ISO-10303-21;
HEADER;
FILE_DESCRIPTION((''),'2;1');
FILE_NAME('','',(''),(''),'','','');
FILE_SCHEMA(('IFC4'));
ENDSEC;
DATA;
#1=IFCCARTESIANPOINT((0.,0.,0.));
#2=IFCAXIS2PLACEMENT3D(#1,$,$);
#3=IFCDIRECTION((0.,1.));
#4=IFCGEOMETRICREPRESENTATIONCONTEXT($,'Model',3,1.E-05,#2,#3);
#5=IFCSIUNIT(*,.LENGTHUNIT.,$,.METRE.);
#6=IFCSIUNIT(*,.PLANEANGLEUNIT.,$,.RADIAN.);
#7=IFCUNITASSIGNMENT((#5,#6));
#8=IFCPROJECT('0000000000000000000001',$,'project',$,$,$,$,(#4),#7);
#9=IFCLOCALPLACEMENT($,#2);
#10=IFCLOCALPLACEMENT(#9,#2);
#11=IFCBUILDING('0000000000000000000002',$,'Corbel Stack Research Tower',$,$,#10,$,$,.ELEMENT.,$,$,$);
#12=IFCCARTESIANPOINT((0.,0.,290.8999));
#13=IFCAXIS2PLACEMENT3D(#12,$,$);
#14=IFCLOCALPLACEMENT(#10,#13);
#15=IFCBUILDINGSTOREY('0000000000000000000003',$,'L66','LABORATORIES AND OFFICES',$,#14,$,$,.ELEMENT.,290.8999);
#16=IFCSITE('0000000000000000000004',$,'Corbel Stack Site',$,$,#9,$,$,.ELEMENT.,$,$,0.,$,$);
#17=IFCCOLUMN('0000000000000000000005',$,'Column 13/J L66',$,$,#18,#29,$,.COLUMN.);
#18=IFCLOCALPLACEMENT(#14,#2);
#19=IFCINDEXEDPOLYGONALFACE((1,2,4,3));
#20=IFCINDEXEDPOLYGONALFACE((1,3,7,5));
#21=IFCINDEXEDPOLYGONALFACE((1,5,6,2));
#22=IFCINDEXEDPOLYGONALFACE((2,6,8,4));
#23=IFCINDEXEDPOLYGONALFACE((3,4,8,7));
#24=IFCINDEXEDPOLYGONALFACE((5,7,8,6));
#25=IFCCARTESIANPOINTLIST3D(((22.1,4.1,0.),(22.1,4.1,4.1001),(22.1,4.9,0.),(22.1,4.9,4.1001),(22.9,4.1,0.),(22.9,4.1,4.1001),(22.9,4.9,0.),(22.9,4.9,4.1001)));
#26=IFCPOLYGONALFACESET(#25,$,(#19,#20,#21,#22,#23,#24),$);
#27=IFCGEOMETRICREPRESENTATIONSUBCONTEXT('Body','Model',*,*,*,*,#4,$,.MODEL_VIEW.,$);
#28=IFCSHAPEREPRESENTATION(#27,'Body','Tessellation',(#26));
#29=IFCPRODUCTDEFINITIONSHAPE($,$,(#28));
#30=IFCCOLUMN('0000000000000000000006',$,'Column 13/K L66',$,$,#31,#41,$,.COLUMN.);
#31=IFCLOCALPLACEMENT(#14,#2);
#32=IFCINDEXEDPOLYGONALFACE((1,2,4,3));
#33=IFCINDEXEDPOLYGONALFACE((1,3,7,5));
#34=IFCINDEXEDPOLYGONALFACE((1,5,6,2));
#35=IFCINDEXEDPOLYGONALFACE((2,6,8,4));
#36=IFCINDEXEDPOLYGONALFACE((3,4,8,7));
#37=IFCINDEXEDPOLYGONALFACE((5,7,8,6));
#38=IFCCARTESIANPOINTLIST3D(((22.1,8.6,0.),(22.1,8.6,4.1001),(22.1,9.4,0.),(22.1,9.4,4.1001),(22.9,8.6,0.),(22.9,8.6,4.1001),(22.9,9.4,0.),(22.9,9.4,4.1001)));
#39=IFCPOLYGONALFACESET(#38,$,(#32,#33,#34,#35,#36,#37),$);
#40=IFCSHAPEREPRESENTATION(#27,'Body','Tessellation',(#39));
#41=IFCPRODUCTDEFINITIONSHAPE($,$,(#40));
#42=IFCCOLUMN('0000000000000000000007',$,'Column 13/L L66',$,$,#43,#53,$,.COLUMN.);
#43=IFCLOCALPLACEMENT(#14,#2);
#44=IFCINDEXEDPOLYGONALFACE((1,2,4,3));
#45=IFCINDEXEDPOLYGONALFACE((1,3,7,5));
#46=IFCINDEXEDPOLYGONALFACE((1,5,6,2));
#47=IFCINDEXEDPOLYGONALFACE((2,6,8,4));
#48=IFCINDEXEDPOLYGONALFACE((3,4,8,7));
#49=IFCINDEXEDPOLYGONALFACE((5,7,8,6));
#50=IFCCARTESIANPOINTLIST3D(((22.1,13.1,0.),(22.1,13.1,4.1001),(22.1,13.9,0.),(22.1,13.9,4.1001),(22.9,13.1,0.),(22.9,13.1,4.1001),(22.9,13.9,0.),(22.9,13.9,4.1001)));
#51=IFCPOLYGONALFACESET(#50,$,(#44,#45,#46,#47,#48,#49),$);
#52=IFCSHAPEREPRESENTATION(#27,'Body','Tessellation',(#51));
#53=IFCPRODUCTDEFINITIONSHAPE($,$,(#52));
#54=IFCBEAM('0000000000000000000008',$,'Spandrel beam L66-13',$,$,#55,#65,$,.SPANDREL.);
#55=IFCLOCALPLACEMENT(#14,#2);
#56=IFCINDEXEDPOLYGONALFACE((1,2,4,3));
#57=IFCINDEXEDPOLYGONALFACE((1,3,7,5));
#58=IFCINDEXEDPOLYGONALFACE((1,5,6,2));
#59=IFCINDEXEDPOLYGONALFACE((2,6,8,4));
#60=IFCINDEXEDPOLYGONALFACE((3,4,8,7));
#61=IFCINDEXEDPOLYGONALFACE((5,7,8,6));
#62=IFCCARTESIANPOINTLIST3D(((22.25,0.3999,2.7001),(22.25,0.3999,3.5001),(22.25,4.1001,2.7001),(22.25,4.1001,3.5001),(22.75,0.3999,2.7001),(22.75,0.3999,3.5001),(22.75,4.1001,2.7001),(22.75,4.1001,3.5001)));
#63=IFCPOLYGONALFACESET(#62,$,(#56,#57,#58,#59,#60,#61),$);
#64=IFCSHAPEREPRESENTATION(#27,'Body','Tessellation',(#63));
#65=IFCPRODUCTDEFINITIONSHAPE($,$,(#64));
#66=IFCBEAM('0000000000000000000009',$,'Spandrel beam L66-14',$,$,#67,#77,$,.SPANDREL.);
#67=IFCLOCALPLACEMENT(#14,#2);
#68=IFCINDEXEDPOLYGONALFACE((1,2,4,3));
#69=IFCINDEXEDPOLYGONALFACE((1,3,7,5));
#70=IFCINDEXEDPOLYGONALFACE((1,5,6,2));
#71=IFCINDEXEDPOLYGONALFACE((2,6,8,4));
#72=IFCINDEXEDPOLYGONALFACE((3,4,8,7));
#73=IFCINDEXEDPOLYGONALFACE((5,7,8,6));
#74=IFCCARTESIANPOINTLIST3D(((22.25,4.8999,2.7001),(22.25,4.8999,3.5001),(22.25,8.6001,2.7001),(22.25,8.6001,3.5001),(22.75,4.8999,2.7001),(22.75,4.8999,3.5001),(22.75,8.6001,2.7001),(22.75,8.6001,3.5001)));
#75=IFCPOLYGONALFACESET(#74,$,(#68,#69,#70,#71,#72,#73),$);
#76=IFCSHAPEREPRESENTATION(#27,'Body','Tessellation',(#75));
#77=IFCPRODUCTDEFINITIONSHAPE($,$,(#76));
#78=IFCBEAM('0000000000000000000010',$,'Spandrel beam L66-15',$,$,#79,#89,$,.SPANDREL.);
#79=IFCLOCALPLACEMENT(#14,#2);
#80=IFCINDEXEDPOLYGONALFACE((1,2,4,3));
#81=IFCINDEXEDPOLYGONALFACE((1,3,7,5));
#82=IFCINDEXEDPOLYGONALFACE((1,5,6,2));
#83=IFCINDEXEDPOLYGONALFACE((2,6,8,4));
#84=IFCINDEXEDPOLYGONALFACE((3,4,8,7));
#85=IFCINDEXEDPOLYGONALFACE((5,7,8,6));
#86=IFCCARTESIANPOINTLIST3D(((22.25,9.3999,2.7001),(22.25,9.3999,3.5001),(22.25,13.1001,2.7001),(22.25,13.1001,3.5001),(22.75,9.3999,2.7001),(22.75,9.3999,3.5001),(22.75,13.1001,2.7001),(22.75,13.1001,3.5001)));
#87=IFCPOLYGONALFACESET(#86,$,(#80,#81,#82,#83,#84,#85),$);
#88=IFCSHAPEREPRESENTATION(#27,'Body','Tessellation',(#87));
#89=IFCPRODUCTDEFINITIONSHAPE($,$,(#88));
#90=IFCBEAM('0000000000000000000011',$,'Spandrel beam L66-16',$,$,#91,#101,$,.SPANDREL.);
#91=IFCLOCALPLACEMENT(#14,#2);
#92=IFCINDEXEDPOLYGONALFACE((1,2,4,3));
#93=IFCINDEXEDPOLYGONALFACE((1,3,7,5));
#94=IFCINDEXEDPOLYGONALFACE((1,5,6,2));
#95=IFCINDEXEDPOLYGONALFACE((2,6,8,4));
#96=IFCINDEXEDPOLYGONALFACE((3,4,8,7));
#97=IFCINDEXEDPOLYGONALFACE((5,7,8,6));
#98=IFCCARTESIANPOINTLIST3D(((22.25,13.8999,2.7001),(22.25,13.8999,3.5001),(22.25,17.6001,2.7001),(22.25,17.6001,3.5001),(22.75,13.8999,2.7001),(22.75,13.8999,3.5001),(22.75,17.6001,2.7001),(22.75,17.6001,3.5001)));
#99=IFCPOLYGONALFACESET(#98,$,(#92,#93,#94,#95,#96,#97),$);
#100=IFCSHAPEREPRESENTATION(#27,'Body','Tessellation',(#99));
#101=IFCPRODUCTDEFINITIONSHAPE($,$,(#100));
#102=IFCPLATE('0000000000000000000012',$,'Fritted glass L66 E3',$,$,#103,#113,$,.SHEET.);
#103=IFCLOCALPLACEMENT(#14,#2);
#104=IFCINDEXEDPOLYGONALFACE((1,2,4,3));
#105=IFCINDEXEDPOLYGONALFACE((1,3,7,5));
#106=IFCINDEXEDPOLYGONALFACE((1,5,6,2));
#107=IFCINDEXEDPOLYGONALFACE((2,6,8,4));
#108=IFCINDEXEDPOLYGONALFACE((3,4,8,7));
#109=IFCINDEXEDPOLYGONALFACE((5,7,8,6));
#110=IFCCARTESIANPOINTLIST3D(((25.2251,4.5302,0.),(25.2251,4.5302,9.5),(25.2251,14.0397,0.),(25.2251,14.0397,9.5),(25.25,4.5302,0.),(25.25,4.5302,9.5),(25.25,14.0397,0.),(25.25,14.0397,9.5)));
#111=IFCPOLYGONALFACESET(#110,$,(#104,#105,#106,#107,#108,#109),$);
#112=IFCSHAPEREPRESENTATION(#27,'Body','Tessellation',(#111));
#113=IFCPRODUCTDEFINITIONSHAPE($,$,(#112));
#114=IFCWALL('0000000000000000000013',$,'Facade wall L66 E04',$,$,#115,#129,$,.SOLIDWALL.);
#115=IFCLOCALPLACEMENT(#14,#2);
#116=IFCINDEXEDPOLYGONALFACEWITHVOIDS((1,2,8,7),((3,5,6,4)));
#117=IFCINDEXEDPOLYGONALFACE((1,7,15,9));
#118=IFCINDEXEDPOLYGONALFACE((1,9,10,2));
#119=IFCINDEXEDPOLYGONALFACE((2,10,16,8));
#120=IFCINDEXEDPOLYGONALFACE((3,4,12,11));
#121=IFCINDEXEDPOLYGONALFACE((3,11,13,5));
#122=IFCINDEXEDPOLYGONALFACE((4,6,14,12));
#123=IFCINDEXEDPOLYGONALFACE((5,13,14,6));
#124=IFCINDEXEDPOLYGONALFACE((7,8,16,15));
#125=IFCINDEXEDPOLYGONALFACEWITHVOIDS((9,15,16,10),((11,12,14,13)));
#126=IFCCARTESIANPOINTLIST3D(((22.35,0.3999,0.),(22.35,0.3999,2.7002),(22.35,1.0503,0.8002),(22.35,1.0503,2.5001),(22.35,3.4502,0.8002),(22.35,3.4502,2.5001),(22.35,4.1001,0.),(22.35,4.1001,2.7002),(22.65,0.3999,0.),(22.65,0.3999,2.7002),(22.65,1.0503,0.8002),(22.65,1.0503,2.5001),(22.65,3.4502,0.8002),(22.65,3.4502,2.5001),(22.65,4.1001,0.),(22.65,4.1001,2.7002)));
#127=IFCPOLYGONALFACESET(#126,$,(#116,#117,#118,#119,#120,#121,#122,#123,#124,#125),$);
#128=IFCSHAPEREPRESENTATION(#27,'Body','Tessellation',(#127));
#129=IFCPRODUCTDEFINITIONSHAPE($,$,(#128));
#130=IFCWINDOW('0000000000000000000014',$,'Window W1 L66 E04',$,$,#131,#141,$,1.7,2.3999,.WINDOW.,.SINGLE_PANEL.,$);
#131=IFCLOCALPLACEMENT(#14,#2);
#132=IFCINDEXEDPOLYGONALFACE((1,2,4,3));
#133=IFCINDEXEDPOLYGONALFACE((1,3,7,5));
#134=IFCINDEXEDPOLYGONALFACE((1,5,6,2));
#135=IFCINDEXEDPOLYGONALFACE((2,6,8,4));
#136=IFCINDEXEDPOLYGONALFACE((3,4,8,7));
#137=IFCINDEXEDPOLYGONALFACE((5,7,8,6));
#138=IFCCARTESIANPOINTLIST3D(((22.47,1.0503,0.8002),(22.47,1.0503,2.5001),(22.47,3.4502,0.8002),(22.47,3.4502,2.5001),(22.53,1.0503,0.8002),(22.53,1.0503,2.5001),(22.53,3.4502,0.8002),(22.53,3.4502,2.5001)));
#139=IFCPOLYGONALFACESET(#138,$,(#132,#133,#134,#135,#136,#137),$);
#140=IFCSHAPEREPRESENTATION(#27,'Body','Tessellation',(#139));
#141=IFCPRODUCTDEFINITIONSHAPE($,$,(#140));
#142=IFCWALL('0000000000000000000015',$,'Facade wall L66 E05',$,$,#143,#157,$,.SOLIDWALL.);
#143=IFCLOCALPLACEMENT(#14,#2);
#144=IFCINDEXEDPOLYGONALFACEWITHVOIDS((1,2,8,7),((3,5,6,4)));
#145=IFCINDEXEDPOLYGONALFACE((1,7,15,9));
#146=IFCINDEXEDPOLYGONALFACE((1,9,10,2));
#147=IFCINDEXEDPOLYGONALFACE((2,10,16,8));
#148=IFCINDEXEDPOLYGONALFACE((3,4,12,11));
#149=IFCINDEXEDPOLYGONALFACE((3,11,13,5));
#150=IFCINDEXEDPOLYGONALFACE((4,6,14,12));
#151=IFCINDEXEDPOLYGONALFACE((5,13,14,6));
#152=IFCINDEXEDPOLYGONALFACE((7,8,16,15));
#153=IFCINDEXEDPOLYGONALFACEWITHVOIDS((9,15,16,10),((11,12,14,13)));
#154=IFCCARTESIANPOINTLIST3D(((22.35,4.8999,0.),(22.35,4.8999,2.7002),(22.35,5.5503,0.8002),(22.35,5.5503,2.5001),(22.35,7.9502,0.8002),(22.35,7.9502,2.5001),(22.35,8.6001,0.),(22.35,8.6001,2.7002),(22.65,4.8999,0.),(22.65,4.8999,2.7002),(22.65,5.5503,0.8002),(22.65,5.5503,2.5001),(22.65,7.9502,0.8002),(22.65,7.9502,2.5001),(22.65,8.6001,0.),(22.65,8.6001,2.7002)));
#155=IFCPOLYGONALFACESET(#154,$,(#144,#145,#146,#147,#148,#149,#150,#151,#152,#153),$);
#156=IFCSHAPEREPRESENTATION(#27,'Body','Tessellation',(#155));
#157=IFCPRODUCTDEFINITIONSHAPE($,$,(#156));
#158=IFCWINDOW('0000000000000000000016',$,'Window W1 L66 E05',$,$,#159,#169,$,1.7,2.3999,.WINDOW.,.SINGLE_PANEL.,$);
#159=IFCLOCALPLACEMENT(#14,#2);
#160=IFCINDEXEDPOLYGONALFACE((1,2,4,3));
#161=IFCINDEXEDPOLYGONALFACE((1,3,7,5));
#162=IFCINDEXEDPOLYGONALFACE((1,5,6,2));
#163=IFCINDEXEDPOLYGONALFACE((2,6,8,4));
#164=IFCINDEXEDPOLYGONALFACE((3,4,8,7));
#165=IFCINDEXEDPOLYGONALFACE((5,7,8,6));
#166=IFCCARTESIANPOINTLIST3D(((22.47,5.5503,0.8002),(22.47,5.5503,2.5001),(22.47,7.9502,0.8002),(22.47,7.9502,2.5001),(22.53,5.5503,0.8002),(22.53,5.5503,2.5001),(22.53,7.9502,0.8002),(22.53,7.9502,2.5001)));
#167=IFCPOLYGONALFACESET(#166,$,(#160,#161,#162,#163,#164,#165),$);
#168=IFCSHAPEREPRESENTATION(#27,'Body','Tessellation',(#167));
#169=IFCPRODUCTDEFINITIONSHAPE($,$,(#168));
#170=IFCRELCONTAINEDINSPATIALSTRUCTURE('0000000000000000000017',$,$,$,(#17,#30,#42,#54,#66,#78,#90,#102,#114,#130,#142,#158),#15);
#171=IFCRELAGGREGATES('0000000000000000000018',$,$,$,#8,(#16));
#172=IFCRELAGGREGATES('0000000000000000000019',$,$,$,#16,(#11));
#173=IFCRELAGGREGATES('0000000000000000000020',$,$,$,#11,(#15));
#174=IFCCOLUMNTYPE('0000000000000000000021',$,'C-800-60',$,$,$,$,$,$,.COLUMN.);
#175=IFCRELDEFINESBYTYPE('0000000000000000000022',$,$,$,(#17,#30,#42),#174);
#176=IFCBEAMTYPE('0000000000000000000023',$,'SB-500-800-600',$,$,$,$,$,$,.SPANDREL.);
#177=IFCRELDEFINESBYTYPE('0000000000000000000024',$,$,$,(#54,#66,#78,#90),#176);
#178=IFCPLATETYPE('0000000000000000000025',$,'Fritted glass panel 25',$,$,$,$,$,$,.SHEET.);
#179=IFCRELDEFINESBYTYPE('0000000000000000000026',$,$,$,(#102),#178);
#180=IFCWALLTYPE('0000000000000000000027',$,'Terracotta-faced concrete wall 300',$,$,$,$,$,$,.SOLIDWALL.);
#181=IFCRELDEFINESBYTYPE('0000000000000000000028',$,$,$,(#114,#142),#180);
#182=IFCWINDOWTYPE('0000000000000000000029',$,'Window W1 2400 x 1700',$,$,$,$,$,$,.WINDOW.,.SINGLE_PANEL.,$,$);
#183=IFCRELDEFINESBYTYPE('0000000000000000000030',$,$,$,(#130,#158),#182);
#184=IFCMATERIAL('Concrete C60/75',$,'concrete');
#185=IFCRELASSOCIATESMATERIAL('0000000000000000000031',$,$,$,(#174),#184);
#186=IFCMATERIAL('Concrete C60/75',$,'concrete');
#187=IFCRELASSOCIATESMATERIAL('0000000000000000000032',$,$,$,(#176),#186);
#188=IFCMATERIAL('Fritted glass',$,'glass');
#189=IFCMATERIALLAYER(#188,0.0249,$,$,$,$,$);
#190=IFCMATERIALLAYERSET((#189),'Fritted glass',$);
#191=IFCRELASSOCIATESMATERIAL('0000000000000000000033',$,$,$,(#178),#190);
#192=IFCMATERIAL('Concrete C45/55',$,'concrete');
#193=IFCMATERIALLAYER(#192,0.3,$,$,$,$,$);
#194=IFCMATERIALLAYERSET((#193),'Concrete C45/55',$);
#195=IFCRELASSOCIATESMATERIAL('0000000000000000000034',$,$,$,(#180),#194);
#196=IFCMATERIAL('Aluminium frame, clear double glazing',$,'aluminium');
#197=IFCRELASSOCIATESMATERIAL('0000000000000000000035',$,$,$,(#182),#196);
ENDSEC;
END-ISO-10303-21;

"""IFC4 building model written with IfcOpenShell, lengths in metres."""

from ifc_helpers import new_model, si_unit, direction, frame, frame_2d, origin, origin_2d, place, context, subcontext, project, spatial, rectangle, extrude, material, layer, layer_set, material_profile, profile_set, type_object, element, fill, save


model = new_model("IFC4")

# Units and contexts
model_context = context("Model", 3, precision=1e-05, world=origin(), true_north=direction((0.0, 1.0)))
body_context = subcontext(model_context, "Body", "Model", "MODEL_VIEW")
ifc_project = project(units=[si_unit("LENGTHUNIT", "METRE"), si_unit("PLANEANGLEUNIT", "RADIAN")], contexts=[model_context])

# Site, building, storey
site_placement = place(None, origin())
site = spatial("IfcSite", under=ifc_project, at=site_placement, Name="Corbel Stack Site", CompositionType="ELEMENT", RefElevation=0.0)
building_placement = place(site_placement, origin())
building = spatial("IfcBuilding", under=site, at=building_placement, Name="Corbel Stack Research Tower", CompositionType="ELEMENT")
storey_placement = place(building_placement, frame((0.0, 0.0, 290.8999)))
storey = spatial("IfcBuildingStorey", under=building, at=storey_placement, Name="L66", Description="LABORATORIES AND OFFICES", CompositionType="ELEMENT", Elevation=290.8999)

# Columns
ifc_material_1 = material(Name="Concrete C60/75", Category="concrete")
ifc_material_profile_1 = material_profile(ifc_material_1, rectangle(XDim=0.8, YDim=0.8, at=origin_2d()), Name="RC 800 x 800")
ifc_profile_set_1 = profile_set([ifc_material_profile_1], Name="Concrete C60/75")
column_type = type_object("IfcColumnType", Name="C-800-60", PredefinedType="COLUMN", material=ifc_profile_set_1)
for number, where, z_axis, x_axis, name in (
    (1, (22.5, 4.5, 0.0), (0.0, 0.0, 1.0), (1.0, 0.0, 0.0), "Column 13/J L66"),
    (2, (22.5, 9.0, 0.0), (0.0, 0.0, 1.0), (1.0, 0.0, 0.0), "Column 13/K L66"),
    (3, (22.5, 13.5, 0.0), (0.0, 0.0, 1.0), (1.0, 0.0, 0.0), "Column 13/L L66"),
):
    element("IfcColumn", number, at=place(storey_placement, frame(where, z_axis=z_axis, x_axis=x_axis)), inside=storey, type_object=column_type, Name=name, PredefinedType="COLUMN", context=body_context, shape_type="SweptSolid", body=[
        extrude(rectangle(XDim=0.8, YDim=0.8, at=origin_2d()), origin(), (0.0, 0.0, 1.0), 4.1001),
    ])

# Beams
ifc_material_2 = material(Name="Concrete C60/75", Category="concrete")
ifc_material_profile_2 = material_profile(ifc_material_2, rectangle(XDim=0.5, YDim=0.8, at=origin_2d()), Name="RC 500 x 800")
ifc_profile_set_2 = profile_set([ifc_material_profile_2], Name="Concrete C60/75")
beam_type = type_object("IfcBeamType", Name="SB-500-800-600", PredefinedType="SPANDREL", material=ifc_profile_set_2)
for number, where, z_axis, x_axis, name in (
    (4, (22.5, 0.3999, 3.1001), (0.0, 1.0, 0.0), (-1.0, 0.0, 0.0), "Spandrel beam L66-13"),
    (5, (22.5, 4.8999, 3.1001), (0.0, 1.0, 0.0), (-1.0, 0.0, 0.0), "Spandrel beam L66-14"),
    (6, (22.5, 9.3999, 3.1001), (0.0, 1.0, 0.0), (-1.0, 0.0, 0.0), "Spandrel beam L66-15"),
    (7, (22.5, 13.8999, 3.1001), (0.0, 1.0, 0.0), (-1.0, 0.0, 0.0), "Spandrel beam L66-16"),
):
    element("IfcBeam", number, at=place(storey_placement, frame(where, z_axis=z_axis, x_axis=x_axis)), inside=storey, type_object=beam_type, Name=name, PredefinedType="SPANDREL", context=body_context, shape_type="SweptSolid", body=[
        extrude(rectangle(XDim=0.5, YDim=0.8, at=origin_2d()), origin(), (0.0, 0.0, 1.0), 3.7002),
    ])

# Plate
ifc_material_3 = material(Name="Fritted glass", Category="glass")
ifc_layer_1 = layer(ifc_material_3, 0.0249)
ifc_layer_set_1 = layer_set([ifc_layer_1], Name="Fritted glass")
plate_type = type_object("IfcPlateType", Name="Fritted glass panel 25", PredefinedType="SHEET", material=ifc_layer_set_1)
plate_placement = place(storey_placement, frame((25.2375, 9.2849, 0.0), z_axis=(0.0, 0.0, 1.0), x_axis=(0.0, 1.0, 0.0)))
element("IfcPlate", 8, at=plate_placement, inside=storey, type_object=plate_type, Name="Fritted glass L66 E3", PredefinedType="SHEET", context=body_context, shape_type="SweptSolid", body=[
    extrude(rectangle(XDim=9.5095, YDim=0.0249, at=origin_2d()), origin(), (0.0, 0.0, 1.0), 9.5),
])

# Walls, openings, windows
ifc_material_4 = material(Name="Concrete C45/55", Category="concrete")
ifc_layer_2 = layer(ifc_material_4, 0.3)
ifc_layer_set_2 = layer_set([ifc_layer_2], Name="Concrete C45/55")
wall_type = type_object("IfcWallType", Name="Terracotta-faced concrete wall 300", PredefinedType="SOLIDWALL", material=ifc_layer_set_2)
wall_1_placement = place(storey_placement, frame((22.5, 4.1001, 0.0), z_axis=(0.0, 0.0, 1.0), x_axis=(0.0, -1.0, 0.0)))
wall_1 = element("IfcWall", 9, at=wall_1_placement, inside=storey, type_object=wall_type, Name="Facade wall L66 E04", PredefinedType="SOLIDWALL", context=body_context, shape_type="SweptSolid", body=[
    extrude(rectangle(XDim=3.7002, YDim=0.3, at=frame_2d((1.8501, 0.0))), origin(), (0.0, 0.0, 1.0), 2.7002),
])
opening_1_placement = place(wall_1_placement, frame((0.6499, 0.0, 0.8)))
opening_1 = element("IfcOpeningElement", 10, at=opening_1_placement, cuts=wall_1, PredefinedType="OPENING", context=body_context, shape_type="SweptSolid", body=[
    extrude(rectangle(XDim=2.3999, YDim=1.7, at=frame_2d((1.2, 0.8501))), frame((0.0, 0.1599, 0.0), z_axis=(0.0, -1.0, 0.0), x_axis=(1.0, 0.0, 0.0)), (0.0, 0.0, 1.0), 0.3201),
])
ifc_material_5 = material(Name="Aluminium frame, clear double glazing", Category="aluminium")
window_type = type_object("IfcWindowType", Name="Window W1 2400 x 1700", PartitioningType="SINGLE_PANEL", PredefinedType="WINDOW", material=ifc_material_5)
window_1_placement = place(opening_1_placement, origin())
window_1 = element("IfcWindow", 11, at=window_1_placement, inside=storey, type_object=window_type, Name="Window W1 L66 E04", OverallHeight=1.7, OverallWidth=2.3999, PartitioningType="SINGLE_PANEL", PredefinedType="WINDOW", context=body_context, shape_type="SweptSolid", body=[
    extrude(rectangle(XDim=2.3999, YDim=1.7, at=frame_2d((1.2, 0.8501))), frame((0.0, 0.03, 0.0), z_axis=(0.0, -1.0, 0.0), x_axis=(1.0, 0.0, 0.0)), (0.0, 0.0, 1.0), 0.0601),
])
fill(opening_1, window_1)
wall_2_placement = place(storey_placement, frame((22.5, 8.6001, 0.0), z_axis=(0.0, 0.0, 1.0), x_axis=(0.0, -1.0, 0.0)))
wall_2 = element("IfcWall", 12, at=wall_2_placement, inside=storey, type_object=wall_type, Name="Facade wall L66 E05", PredefinedType="SOLIDWALL", context=body_context, shape_type="SweptSolid", body=[
    extrude(rectangle(XDim=3.7002, YDim=0.3, at=frame_2d((1.8501, 0.0))), origin(), (0.0, 0.0, 1.0), 2.7002),
])
opening_2_placement = place(wall_2_placement, frame((0.6499, 0.0, 0.8)))
opening_2 = element("IfcOpeningElement", 13, at=opening_2_placement, cuts=wall_2, PredefinedType="OPENING", context=body_context, shape_type="SweptSolid", body=[
    extrude(rectangle(XDim=2.3999, YDim=1.7, at=frame_2d((1.2, 0.8501))), frame((0.0, 0.1599, 0.0), z_axis=(0.0, -1.0, 0.0), x_axis=(1.0, 0.0, 0.0)), (0.0, 0.0, 1.0), 0.3201),
])
window_2_placement = place(opening_2_placement, origin())
window_2 = element("IfcWindow", 14, at=window_2_placement, inside=storey, type_object=window_type, Name="Window W1 L66 E05", OverallHeight=1.7, OverallWidth=2.3999, PartitioningType="SINGLE_PANEL", PredefinedType="WINDOW", context=body_context, shape_type="SweptSolid", body=[
    extrude(rectangle(XDim=2.3999, YDim=1.7, at=frame_2d((1.2, 0.8501))), frame((0.0, 0.03, 0.0), z_axis=(0.0, -1.0, 0.0), x_axis=(1.0, 0.0, 0.0)), (0.0, 0.0, 1.0), 0.0601),
])
fill(opening_2, window_2)

save(model, "model.ifc")
